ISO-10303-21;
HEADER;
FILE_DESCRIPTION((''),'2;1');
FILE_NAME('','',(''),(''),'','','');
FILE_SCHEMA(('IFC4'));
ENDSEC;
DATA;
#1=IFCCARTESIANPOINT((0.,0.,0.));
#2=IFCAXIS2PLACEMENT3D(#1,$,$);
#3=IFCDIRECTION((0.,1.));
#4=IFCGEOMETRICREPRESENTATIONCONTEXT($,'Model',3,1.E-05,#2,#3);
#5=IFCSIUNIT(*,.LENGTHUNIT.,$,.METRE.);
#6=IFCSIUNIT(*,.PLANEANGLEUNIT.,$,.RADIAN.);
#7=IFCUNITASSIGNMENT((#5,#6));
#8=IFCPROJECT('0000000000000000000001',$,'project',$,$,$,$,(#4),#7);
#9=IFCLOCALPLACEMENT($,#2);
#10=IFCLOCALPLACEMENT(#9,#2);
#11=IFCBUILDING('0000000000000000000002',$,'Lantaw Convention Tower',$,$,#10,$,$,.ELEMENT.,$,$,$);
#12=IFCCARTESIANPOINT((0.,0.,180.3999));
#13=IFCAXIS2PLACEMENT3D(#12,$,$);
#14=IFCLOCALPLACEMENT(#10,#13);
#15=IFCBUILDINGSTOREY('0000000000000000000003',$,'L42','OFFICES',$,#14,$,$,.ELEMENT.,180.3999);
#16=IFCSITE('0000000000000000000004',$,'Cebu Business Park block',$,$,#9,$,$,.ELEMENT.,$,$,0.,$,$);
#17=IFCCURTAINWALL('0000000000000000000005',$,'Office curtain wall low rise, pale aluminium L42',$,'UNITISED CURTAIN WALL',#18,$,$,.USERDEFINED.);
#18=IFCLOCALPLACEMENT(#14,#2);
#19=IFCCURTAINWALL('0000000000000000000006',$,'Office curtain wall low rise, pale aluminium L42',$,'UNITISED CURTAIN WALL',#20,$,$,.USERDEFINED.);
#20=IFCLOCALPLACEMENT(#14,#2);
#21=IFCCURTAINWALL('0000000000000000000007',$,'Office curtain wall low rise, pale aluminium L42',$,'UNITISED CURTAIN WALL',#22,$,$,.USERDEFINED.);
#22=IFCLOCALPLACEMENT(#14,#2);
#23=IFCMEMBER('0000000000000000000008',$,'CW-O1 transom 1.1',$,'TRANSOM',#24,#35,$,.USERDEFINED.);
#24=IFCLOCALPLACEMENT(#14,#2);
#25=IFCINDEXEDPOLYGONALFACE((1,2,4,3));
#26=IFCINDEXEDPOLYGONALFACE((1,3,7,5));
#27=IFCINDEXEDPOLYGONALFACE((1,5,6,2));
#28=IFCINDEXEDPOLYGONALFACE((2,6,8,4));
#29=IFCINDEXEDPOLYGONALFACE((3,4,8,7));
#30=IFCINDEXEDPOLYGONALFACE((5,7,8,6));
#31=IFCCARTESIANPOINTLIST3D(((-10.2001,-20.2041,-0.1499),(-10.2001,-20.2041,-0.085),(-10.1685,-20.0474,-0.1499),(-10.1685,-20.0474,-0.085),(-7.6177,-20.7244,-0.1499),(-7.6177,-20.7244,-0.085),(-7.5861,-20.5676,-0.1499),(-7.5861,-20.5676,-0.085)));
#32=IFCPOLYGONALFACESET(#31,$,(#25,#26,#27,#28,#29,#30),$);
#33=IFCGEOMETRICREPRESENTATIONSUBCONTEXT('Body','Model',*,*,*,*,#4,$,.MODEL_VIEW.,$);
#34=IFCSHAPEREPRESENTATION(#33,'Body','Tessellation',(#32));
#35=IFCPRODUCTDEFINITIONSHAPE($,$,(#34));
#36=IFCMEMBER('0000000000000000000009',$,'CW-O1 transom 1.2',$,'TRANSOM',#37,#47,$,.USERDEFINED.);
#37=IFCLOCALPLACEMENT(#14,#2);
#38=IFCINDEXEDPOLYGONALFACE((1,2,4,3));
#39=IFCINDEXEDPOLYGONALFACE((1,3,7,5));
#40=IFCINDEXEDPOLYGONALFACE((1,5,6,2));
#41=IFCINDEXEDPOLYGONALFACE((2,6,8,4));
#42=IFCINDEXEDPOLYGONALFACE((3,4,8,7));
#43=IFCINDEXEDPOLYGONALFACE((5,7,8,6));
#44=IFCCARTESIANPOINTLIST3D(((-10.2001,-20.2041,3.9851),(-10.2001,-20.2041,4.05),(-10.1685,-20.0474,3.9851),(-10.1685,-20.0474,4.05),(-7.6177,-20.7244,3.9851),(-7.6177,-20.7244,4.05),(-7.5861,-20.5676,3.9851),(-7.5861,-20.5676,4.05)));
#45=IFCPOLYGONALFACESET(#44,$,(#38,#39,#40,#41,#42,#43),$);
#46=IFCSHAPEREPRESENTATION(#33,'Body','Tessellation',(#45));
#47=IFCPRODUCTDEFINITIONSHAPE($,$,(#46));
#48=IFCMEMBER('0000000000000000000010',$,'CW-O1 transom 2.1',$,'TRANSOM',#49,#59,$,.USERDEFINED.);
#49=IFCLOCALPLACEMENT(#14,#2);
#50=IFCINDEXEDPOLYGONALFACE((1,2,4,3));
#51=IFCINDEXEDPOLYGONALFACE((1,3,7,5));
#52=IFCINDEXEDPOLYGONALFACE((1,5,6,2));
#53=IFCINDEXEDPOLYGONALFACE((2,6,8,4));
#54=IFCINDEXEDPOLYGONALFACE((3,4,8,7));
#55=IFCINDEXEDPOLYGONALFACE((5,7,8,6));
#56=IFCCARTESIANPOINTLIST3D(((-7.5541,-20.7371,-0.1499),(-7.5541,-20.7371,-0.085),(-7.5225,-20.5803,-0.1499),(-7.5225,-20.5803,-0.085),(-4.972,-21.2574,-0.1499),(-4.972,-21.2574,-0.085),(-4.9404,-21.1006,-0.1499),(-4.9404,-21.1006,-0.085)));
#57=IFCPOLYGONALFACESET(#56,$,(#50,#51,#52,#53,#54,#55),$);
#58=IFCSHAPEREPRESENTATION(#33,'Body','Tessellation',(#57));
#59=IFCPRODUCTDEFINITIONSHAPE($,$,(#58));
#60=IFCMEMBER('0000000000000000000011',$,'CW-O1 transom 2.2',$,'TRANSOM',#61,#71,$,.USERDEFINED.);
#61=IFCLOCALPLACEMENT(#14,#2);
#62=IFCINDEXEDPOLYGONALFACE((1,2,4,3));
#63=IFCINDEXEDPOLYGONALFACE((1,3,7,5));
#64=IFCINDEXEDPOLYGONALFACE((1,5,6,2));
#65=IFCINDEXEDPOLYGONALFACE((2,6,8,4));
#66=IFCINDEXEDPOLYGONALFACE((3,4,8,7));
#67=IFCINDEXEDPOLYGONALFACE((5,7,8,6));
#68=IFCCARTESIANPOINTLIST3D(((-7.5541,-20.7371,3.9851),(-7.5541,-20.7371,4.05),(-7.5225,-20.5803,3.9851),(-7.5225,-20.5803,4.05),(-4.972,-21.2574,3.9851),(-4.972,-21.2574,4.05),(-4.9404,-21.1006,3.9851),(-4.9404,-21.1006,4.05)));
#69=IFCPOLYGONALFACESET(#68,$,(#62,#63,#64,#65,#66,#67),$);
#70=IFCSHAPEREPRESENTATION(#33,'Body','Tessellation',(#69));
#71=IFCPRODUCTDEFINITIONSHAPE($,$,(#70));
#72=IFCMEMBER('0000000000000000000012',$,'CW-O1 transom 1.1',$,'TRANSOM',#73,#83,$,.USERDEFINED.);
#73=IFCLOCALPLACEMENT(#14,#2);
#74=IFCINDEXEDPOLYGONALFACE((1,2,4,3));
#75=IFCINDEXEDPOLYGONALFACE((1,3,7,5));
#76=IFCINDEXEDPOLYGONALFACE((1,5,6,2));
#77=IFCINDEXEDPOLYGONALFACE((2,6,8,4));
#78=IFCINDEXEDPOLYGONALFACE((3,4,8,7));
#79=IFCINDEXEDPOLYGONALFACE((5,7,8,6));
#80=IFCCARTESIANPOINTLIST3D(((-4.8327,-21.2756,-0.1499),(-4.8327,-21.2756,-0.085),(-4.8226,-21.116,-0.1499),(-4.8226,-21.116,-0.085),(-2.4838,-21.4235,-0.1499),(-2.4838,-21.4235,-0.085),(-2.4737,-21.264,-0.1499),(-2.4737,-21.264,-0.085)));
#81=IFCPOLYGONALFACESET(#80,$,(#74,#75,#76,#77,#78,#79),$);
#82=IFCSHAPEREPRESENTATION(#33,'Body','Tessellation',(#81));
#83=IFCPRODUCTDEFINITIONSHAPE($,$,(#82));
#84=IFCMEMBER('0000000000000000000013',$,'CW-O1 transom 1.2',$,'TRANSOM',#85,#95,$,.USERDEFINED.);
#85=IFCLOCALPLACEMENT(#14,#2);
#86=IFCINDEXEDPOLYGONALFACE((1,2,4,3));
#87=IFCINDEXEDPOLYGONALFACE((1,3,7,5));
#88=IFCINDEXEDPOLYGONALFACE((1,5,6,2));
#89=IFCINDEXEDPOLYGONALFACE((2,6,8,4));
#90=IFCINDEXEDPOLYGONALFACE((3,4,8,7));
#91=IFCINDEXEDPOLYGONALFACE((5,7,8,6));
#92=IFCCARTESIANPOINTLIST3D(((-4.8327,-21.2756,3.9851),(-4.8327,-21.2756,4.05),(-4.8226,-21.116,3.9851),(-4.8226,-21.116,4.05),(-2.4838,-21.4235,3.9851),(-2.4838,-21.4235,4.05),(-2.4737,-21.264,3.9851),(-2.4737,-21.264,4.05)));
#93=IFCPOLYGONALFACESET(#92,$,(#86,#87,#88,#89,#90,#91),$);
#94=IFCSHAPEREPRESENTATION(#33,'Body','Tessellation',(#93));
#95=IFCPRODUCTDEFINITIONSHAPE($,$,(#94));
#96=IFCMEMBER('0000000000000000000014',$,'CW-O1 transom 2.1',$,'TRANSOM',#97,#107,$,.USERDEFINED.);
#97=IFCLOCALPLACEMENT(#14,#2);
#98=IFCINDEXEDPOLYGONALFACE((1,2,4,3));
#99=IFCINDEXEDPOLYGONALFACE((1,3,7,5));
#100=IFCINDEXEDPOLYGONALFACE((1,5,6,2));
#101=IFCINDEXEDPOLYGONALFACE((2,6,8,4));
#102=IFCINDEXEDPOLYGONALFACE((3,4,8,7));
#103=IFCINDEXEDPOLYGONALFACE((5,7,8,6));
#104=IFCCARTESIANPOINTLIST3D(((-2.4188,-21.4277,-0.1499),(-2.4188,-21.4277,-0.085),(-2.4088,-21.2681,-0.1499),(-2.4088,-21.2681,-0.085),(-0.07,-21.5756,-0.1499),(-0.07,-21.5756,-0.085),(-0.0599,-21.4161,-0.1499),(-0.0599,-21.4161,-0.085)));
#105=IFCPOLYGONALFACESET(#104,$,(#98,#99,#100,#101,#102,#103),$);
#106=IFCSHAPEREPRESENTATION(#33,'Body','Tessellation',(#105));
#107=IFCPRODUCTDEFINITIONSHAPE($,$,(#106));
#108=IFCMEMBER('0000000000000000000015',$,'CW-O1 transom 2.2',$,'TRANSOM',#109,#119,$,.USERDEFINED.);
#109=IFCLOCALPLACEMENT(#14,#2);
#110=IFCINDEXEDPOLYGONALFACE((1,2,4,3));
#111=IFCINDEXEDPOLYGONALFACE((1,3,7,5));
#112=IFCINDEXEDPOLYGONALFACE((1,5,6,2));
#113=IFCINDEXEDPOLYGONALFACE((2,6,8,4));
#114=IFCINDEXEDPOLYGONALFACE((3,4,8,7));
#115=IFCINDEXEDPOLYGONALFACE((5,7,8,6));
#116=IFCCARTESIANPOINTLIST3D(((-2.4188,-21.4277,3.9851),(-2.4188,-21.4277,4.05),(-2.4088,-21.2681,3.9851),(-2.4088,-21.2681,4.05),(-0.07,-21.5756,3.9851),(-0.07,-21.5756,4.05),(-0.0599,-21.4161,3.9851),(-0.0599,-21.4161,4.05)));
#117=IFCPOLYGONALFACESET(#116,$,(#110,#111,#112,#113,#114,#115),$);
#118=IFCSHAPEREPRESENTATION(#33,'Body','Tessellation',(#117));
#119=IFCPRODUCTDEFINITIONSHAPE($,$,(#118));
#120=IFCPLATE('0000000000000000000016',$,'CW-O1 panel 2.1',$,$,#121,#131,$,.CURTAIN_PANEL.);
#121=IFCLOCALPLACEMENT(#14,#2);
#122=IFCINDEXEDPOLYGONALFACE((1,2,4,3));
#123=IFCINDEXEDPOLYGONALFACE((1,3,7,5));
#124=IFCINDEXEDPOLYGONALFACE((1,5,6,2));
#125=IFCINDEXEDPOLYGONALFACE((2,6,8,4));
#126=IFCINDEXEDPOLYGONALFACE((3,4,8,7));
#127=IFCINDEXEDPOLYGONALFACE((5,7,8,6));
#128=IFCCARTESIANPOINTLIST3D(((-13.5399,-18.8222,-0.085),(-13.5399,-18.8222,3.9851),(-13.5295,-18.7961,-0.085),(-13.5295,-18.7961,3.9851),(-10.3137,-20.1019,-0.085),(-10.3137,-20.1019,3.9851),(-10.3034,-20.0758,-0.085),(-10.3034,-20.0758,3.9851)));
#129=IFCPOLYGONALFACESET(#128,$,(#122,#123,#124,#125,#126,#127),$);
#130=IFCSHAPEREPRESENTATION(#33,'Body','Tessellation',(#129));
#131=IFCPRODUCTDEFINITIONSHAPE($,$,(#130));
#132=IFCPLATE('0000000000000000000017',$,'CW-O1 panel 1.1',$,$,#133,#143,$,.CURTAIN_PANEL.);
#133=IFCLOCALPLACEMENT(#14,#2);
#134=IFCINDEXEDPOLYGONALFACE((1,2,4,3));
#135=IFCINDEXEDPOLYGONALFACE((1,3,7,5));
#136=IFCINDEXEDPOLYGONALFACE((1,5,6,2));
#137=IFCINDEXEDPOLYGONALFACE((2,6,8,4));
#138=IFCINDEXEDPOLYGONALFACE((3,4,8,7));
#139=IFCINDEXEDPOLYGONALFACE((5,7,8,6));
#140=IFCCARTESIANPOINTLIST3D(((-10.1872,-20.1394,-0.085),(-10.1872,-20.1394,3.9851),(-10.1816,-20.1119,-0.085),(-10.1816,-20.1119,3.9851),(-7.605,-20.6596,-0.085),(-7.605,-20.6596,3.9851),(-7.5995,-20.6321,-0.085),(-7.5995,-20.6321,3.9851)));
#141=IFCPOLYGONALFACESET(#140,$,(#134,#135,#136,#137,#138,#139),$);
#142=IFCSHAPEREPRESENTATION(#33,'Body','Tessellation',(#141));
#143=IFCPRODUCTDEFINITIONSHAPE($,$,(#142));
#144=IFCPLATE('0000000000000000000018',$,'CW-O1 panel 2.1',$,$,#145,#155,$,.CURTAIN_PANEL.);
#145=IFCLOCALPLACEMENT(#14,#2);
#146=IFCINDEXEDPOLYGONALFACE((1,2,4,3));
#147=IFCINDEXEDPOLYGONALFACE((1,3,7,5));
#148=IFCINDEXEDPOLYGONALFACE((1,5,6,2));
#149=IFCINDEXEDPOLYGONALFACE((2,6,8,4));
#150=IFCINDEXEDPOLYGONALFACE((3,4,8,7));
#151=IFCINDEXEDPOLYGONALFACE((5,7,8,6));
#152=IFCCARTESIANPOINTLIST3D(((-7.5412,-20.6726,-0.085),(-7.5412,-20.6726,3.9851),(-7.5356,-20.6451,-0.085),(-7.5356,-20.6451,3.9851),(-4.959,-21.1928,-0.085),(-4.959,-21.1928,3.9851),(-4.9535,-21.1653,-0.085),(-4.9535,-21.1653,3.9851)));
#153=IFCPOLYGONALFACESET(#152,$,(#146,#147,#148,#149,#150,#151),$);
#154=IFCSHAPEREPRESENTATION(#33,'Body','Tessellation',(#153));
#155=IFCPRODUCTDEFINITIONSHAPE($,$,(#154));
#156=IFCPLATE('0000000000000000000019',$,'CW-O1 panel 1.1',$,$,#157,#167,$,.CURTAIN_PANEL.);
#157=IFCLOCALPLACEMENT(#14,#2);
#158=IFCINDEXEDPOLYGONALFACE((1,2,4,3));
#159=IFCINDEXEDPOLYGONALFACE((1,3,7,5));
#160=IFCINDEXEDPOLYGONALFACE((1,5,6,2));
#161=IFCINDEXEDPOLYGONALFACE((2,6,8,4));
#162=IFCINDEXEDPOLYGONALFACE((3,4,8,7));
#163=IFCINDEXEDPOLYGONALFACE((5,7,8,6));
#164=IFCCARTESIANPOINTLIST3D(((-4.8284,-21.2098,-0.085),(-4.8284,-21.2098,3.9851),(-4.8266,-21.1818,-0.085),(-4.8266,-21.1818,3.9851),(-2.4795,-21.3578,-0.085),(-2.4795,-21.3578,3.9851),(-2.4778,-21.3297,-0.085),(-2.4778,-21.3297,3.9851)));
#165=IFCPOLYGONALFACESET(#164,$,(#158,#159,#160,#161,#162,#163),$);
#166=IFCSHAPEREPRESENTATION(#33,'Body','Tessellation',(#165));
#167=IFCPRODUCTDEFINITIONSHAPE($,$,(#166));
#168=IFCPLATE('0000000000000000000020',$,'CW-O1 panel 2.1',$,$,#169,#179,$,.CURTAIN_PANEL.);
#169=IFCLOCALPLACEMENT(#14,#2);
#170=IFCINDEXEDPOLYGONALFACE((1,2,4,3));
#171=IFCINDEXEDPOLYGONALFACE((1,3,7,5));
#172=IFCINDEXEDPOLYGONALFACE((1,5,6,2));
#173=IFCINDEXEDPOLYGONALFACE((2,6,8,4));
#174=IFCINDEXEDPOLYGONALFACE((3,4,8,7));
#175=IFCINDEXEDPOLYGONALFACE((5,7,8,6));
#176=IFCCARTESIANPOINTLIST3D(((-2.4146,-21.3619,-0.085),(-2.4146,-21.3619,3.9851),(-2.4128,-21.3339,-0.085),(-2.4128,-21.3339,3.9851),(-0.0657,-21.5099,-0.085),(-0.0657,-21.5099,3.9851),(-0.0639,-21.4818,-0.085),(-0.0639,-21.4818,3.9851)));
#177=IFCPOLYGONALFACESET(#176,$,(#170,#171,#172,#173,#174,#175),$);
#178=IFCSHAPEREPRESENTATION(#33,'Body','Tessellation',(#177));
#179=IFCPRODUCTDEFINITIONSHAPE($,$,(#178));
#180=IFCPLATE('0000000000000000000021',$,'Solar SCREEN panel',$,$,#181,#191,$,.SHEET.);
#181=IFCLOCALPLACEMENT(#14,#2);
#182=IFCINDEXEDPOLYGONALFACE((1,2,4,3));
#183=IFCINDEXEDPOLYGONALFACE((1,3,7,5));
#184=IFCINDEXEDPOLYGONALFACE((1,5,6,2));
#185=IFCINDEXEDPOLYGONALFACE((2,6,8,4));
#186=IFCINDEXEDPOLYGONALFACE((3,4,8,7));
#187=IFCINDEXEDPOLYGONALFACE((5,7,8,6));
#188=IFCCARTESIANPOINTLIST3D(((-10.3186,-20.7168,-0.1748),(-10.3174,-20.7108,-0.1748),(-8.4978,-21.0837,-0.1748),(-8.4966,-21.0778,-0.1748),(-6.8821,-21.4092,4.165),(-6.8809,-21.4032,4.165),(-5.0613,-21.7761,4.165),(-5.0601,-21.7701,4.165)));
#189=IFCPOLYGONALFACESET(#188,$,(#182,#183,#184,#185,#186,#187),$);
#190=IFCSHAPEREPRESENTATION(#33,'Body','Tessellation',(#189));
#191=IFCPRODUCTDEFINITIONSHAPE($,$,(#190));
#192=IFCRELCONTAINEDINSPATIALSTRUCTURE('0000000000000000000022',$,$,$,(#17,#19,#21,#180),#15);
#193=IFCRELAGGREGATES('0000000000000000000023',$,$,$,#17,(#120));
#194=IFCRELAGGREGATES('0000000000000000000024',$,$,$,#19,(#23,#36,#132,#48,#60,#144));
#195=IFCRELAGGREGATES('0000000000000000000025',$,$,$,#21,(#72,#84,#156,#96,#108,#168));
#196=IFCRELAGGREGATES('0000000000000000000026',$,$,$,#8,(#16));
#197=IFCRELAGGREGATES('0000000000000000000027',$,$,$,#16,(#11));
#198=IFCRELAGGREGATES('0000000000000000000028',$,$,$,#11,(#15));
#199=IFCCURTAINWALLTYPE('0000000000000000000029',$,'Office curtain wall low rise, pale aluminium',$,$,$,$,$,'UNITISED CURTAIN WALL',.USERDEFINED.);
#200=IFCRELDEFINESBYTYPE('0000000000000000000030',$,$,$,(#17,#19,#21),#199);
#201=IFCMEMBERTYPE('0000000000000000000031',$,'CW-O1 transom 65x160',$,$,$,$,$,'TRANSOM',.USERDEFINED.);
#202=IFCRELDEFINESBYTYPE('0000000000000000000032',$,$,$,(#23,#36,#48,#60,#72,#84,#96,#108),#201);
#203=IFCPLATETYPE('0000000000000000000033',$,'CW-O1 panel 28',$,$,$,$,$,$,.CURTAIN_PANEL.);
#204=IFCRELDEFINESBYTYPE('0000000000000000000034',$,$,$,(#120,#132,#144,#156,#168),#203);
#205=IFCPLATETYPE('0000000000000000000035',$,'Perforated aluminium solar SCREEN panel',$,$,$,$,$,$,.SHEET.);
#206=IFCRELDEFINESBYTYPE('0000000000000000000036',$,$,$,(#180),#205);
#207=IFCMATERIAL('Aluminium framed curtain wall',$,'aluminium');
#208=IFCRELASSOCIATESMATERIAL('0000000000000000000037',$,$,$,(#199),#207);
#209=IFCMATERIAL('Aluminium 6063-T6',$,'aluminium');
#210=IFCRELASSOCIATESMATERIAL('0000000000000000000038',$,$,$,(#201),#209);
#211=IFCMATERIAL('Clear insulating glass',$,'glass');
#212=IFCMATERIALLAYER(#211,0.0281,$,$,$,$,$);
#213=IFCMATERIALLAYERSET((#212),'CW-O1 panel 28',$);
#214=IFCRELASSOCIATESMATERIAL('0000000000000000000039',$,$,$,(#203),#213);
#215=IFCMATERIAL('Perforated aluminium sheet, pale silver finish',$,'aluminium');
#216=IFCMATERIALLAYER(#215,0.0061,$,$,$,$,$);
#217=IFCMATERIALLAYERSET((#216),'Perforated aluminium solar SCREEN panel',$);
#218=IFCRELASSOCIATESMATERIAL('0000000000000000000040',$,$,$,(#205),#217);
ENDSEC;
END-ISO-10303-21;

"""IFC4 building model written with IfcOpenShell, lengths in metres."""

from ifc_helpers import new_model, si_unit, direction, frame, origin, origin_2d, place, context, subcontext, project, spatial, polyline, rectangle, outline, extrude, material, layer, layer_set, material_profile, profile_set, type_object, element, aggregate, save


model = new_model("IFC4")

# Units and contexts
model_context = context("Model", 3, precision=1e-05, world=origin(), true_north=direction((0.0, 1.0)))
body_context = subcontext(model_context, "Body", "Model", "MODEL_VIEW")
ifc_project = project(units=[si_unit("LENGTHUNIT", "METRE"), si_unit("PLANEANGLEUNIT", "RADIAN")], contexts=[model_context])

# Site, building, storey
site_placement = place(None, origin())
site = spatial("IfcSite", under=ifc_project, at=site_placement, Name="Cebu Business Park block", CompositionType="ELEMENT", RefElevation=0.0)
building_placement = place(site_placement, origin())
building = spatial("IfcBuilding", under=site, at=building_placement, Name="Lantaw Convention Tower", CompositionType="ELEMENT")
storey_placement = place(building_placement, frame((0.0, 0.0, 180.3999)))
storey = spatial("IfcBuildingStorey", under=building, at=storey_placement, Name="L42", Description="OFFICES", CompositionType="ELEMENT", Elevation=180.3999)

# Curtain wall
ifc_material_1 = material(Name="Aluminium framed curtain wall", Category="aluminium")
curtain_wall_type = type_object("IfcCurtainWallType", Name="Office curtain wall low rise, pale aluminium", ElementType="UNITISED CURTAIN WALL", PredefinedType="USERDEFINED", material=ifc_material_1)
curtain_wall_1_placement = place(storey_placement, origin())
curtain_wall_1 = element("IfcCurtainWall", 1, at=curtain_wall_1_placement, inside=storey, type_object=curtain_wall_type, Name="Office curtain wall low rise, pale aluminium L42", ObjectType="UNITISED CURTAIN WALL", PredefinedType="USERDEFINED")
ifc_material_2 = material(Name="Aluminium 6063-T6", Category="aluminium")

# Curtain walls
curtain_wall_2_placement = place(storey_placement, origin())
curtain_wall_2 = element("IfcCurtainWall", 2, at=curtain_wall_2_placement, inside=storey, type_object=curtain_wall_type, Name="Office curtain wall low rise, pale aluminium L42", ObjectType="UNITISED CURTAIN WALL", PredefinedType="USERDEFINED")
curtain_wall_3_placement = place(storey_placement, origin())
curtain_wall_3 = element("IfcCurtainWall", 3, at=curtain_wall_3_placement, inside=storey, type_object=curtain_wall_type, Name="Office curtain wall low rise, pale aluminium L42", ObjectType="UNITISED CURTAIN WALL", PredefinedType="USERDEFINED")

# Members
ifc_material_profile_1 = material_profile(ifc_material_2, rectangle(XDim=0.1599, YDim=0.0649, at=origin_2d()), Name="CW-O1 transom 65x160")
ifc_profile_set_1 = profile_set([ifc_material_profile_1], Name="Aluminium 6063-T6")
member_type_1 = type_object("IfcMemberType", Name="CW-O1 transom 65x160", ElementType="TRANSOM", PredefinedType="USERDEFINED", material=ifc_profile_set_1)
member_1_placement = place(storey_placement, frame((-10.1843, -20.1257, -0.1174), z_axis=(0.980302, -0.197506, 0.0), x_axis=(0.197506, 0.980302, 0.0)))
member_1 = element("IfcMember", 4, at=member_1_placement, type_object=member_type_1, Name="CW-O1 transom 1.1", ObjectType="TRANSOM", PredefinedType="USERDEFINED", context=body_context, shape_type="SweptSolid", body=[
    extrude(rectangle(XDim=0.1599, YDim=0.0649, at=origin_2d()), origin(), (0.0, 0.0, 1.0), 2.6343),
])
member_2_placement = place(storey_placement, frame((-10.1843, -20.1257, 4.0176), z_axis=(0.980302, -0.197506, 0.0), x_axis=(0.197506, 0.980302, 0.0)))
member_2 = element("IfcMember", 5, at=member_2_placement, type_object=member_type_1, Name="CW-O1 transom 1.2", ObjectType="TRANSOM", PredefinedType="USERDEFINED", context=body_context, shape_type="SweptSolid", body=[
    extrude(rectangle(XDim=0.1599, YDim=0.0649, at=origin_2d()), origin(), (0.0, 0.0, 1.0), 2.6343),
])
member_3_placement = place(storey_placement, frame((-7.5383, -20.6587, -0.1174), z_axis=(0.980298, -0.197524, 0.0), x_axis=(0.197524, 0.980298, 0.0)))
member_3 = element("IfcMember", 6, at=member_3_placement, type_object=member_type_1, Name="CW-O1 transom 2.1", ObjectType="TRANSOM", PredefinedType="USERDEFINED", context=body_context, shape_type="SweptSolid", body=[
    extrude(rectangle(XDim=0.1599, YDim=0.0649, at=origin_2d()), origin(), (0.0, 0.0, 1.0), 2.634),
])
member_4_placement = place(storey_placement, frame((-7.5383, -20.6587, 4.0176), z_axis=(0.980298, -0.197524, 0.0), x_axis=(0.197524, 0.980298, 0.0)))
member_4 = element("IfcMember", 7, at=member_4_placement, type_object=member_type_1, Name="CW-O1 transom 2.2", ObjectType="TRANSOM", PredefinedType="USERDEFINED", context=body_context, shape_type="SweptSolid", body=[
    extrude(rectangle(XDim=0.1599, YDim=0.0649, at=origin_2d()), origin(), (0.0, 0.0, 1.0), 2.634),
])
member_5_placement = place(storey_placement, frame((-4.8276, -21.1958, -0.1174), z_axis=(0.998022, -0.062863, 0.0), x_axis=(0.062863, 0.998022, 0.0)))
member_5 = element("IfcMember", 8, at=member_5_placement, type_object=member_type_1, Name="CW-O1 transom 1.1", ObjectType="TRANSOM", PredefinedType="USERDEFINED", context=body_context, shape_type="SweptSolid", body=[
    extrude(rectangle(XDim=0.1599, YDim=0.0649, at=origin_2d()), origin(), (0.0, 0.0, 1.0), 2.3535),
])
member_6_placement = place(storey_placement, frame((-4.8276, -21.1958, 4.0176), z_axis=(0.998022, -0.062863, 0.0), x_axis=(0.062863, 0.998022, 0.0)))
member_6 = element("IfcMember", 9, at=member_6_placement, type_object=member_type_1, Name="CW-O1 transom 1.2", ObjectType="TRANSOM", PredefinedType="USERDEFINED", context=body_context, shape_type="SweptSolid", body=[
    extrude(rectangle(XDim=0.1599, YDim=0.0649, at=origin_2d()), origin(), (0.0, 0.0, 1.0), 2.3535),
])
member_7_placement = place(storey_placement, frame((-2.4138, -21.3479, -0.1174), z_axis=(0.998022, -0.062863, 0.0), x_axis=(0.062863, 0.998022, 0.0)))
member_7 = element("IfcMember", 10, at=member_7_placement, type_object=member_type_1, Name="CW-O1 transom 2.1", ObjectType="TRANSOM", PredefinedType="USERDEFINED", context=body_context, shape_type="SweptSolid", body=[
    extrude(rectangle(XDim=0.1599, YDim=0.0649, at=origin_2d()), origin(), (0.0, 0.0, 1.0), 2.3535),
])
member_8_placement = place(storey_placement, frame((-2.4138, -21.3479, 4.0176), z_axis=(0.998022, -0.062863, 0.0), x_axis=(0.062863, 0.998022, 0.0)))
member_8 = element("IfcMember", 11, at=member_8_placement, type_object=member_type_1, Name="CW-O1 transom 2.2", ObjectType="TRANSOM", PredefinedType="USERDEFINED", context=body_context, shape_type="SweptSolid", body=[
    extrude(rectangle(XDim=0.1599, YDim=0.0649, at=origin_2d()), origin(), (0.0, 0.0, 1.0), 2.3535),
])

# Plates
ifc_material_3 = material(Name="Clear insulating glass", Category="glass")
ifc_layer_1 = layer(ifc_material_3, 0.0281)
ifc_layer_set_1 = layer_set([ifc_layer_1], Name="CW-O1 panel 28")
plate_type_1 = type_object("IfcPlateType", Name="CW-O1 panel 28", PredefinedType="CURTAIN_PANEL", material=ifc_layer_set_1)
plate_1_placement = place(storey_placement, frame((-11.9216, -19.449, -0.085), z_axis=(0.0, 0.0, 1.0), x_axis=(0.929548, -0.368702, 0.0)))
plate_1 = element("IfcPlate", 12, at=plate_1_placement, type_object=plate_type_1, Name="CW-O1 panel 2.1", PredefinedType="CURTAIN_PANEL", context=body_context, shape_type="SweptSolid", body=[
    extrude(rectangle(XDim=3.4707, YDim=0.0281, at=origin_2d()), origin(), (0.0, 0.0, 1.0), 4.0701),
])
aggregate(curtain_wall_1, [plate_1])
plate_2_placement = place(storey_placement, frame((-8.8933, -20.3857, -0.085), z_axis=(0.0, 0.0, 1.0), x_axis=(0.980302, -0.197507, 0.0)))
plate_2 = element("IfcPlate", 13, at=plate_2_placement, type_object=plate_type_1, Name="CW-O1 panel 1.1", PredefinedType="CURTAIN_PANEL", context=body_context, shape_type="SweptSolid", body=[
    extrude(rectangle(XDim=2.634, YDim=0.0281, at=origin_2d()), origin(), (0.0, 0.0, 1.0), 4.0701),
])
plate_3_placement = place(storey_placement, frame((-6.2473, -20.9189, -0.085), z_axis=(0.0, 0.0, 1.0), x_axis=(0.980302, -0.197507, 0.0)))
plate_3 = element("IfcPlate", 14, at=plate_3_placement, type_object=plate_type_1, Name="CW-O1 panel 2.1", PredefinedType="CURTAIN_PANEL", context=body_context, shape_type="SweptSolid", body=[
    extrude(rectangle(XDim=2.634, YDim=0.0281, at=origin_2d()), origin(), (0.0, 0.0, 1.0), 4.0701),
])
aggregate(curtain_wall_2, [member_1, member_2, plate_2, member_3, member_4, plate_3])
plate_4_placement = place(storey_placement, frame((-3.6531, -21.2698, -0.085), z_axis=(0.0, 0.0, 1.0), x_axis=(0.998022, -0.062865, 0.0)))
plate_4 = element("IfcPlate", 15, at=plate_4_placement, type_object=plate_type_1, Name="CW-O1 panel 1.1", PredefinedType="CURTAIN_PANEL", context=body_context, shape_type="SweptSolid", body=[
    extrude(rectangle(XDim=2.3535, YDim=0.0281, at=origin_2d()), origin(), (0.0, 0.0, 1.0), 4.0701),
])
plate_5_placement = place(storey_placement, frame((-1.2393, -21.4219, -0.085), z_axis=(0.0, 0.0, 1.0), x_axis=(0.998022, -0.062865, 0.0)))
plate_5 = element("IfcPlate", 16, at=plate_5_placement, type_object=plate_type_1, Name="CW-O1 panel 2.1", PredefinedType="CURTAIN_PANEL", context=body_context, shape_type="SweptSolid", body=[
    extrude(rectangle(XDim=2.3535, YDim=0.0281, at=origin_2d()), origin(), (0.0, 0.0, 1.0), 4.0701),
])
aggregate(curtain_wall_3, [member_5, member_6, plate_4, member_7, member_8, plate_5])

# Plate
ifc_material_4 = material(Name="Perforated aluminium sheet, pale silver finish", Category="aluminium")
ifc_layer_2 = layer(ifc_material_4, 0.0061)
ifc_layer_set_2 = layer_set([ifc_layer_2], Name="Perforated aluminium solar SCREEN panel")
plate_type_2 = type_object("IfcPlateType", Name="Perforated aluminium solar SCREEN panel", PredefinedType="SHEET", material=ifc_layer_set_2)
plate_6_placement = place(storey_placement, frame((-10.3186, -20.7168, -0.1748), z_axis=(-0.197557, -0.980291, 0.000039), x_axis=(0.980291, -0.197557, 0.0)))
element("IfcPlate", 17, at=plate_6_placement, inside=storey, type_object=plate_type_2, Name="Solar SCREEN panel", PredefinedType="SHEET", context=body_context, shape_type="SweptSolid", body=[
    extrude(outline(polyline([(0.0, 0.0), (1.8574, 0.0), (5.363, 4.3398), (3.5056, 4.3398), (0.0, 0.0)])), origin(), (0.0, 0.0, -1.0), 0.0061),
])

save(model, "model.ifc")
